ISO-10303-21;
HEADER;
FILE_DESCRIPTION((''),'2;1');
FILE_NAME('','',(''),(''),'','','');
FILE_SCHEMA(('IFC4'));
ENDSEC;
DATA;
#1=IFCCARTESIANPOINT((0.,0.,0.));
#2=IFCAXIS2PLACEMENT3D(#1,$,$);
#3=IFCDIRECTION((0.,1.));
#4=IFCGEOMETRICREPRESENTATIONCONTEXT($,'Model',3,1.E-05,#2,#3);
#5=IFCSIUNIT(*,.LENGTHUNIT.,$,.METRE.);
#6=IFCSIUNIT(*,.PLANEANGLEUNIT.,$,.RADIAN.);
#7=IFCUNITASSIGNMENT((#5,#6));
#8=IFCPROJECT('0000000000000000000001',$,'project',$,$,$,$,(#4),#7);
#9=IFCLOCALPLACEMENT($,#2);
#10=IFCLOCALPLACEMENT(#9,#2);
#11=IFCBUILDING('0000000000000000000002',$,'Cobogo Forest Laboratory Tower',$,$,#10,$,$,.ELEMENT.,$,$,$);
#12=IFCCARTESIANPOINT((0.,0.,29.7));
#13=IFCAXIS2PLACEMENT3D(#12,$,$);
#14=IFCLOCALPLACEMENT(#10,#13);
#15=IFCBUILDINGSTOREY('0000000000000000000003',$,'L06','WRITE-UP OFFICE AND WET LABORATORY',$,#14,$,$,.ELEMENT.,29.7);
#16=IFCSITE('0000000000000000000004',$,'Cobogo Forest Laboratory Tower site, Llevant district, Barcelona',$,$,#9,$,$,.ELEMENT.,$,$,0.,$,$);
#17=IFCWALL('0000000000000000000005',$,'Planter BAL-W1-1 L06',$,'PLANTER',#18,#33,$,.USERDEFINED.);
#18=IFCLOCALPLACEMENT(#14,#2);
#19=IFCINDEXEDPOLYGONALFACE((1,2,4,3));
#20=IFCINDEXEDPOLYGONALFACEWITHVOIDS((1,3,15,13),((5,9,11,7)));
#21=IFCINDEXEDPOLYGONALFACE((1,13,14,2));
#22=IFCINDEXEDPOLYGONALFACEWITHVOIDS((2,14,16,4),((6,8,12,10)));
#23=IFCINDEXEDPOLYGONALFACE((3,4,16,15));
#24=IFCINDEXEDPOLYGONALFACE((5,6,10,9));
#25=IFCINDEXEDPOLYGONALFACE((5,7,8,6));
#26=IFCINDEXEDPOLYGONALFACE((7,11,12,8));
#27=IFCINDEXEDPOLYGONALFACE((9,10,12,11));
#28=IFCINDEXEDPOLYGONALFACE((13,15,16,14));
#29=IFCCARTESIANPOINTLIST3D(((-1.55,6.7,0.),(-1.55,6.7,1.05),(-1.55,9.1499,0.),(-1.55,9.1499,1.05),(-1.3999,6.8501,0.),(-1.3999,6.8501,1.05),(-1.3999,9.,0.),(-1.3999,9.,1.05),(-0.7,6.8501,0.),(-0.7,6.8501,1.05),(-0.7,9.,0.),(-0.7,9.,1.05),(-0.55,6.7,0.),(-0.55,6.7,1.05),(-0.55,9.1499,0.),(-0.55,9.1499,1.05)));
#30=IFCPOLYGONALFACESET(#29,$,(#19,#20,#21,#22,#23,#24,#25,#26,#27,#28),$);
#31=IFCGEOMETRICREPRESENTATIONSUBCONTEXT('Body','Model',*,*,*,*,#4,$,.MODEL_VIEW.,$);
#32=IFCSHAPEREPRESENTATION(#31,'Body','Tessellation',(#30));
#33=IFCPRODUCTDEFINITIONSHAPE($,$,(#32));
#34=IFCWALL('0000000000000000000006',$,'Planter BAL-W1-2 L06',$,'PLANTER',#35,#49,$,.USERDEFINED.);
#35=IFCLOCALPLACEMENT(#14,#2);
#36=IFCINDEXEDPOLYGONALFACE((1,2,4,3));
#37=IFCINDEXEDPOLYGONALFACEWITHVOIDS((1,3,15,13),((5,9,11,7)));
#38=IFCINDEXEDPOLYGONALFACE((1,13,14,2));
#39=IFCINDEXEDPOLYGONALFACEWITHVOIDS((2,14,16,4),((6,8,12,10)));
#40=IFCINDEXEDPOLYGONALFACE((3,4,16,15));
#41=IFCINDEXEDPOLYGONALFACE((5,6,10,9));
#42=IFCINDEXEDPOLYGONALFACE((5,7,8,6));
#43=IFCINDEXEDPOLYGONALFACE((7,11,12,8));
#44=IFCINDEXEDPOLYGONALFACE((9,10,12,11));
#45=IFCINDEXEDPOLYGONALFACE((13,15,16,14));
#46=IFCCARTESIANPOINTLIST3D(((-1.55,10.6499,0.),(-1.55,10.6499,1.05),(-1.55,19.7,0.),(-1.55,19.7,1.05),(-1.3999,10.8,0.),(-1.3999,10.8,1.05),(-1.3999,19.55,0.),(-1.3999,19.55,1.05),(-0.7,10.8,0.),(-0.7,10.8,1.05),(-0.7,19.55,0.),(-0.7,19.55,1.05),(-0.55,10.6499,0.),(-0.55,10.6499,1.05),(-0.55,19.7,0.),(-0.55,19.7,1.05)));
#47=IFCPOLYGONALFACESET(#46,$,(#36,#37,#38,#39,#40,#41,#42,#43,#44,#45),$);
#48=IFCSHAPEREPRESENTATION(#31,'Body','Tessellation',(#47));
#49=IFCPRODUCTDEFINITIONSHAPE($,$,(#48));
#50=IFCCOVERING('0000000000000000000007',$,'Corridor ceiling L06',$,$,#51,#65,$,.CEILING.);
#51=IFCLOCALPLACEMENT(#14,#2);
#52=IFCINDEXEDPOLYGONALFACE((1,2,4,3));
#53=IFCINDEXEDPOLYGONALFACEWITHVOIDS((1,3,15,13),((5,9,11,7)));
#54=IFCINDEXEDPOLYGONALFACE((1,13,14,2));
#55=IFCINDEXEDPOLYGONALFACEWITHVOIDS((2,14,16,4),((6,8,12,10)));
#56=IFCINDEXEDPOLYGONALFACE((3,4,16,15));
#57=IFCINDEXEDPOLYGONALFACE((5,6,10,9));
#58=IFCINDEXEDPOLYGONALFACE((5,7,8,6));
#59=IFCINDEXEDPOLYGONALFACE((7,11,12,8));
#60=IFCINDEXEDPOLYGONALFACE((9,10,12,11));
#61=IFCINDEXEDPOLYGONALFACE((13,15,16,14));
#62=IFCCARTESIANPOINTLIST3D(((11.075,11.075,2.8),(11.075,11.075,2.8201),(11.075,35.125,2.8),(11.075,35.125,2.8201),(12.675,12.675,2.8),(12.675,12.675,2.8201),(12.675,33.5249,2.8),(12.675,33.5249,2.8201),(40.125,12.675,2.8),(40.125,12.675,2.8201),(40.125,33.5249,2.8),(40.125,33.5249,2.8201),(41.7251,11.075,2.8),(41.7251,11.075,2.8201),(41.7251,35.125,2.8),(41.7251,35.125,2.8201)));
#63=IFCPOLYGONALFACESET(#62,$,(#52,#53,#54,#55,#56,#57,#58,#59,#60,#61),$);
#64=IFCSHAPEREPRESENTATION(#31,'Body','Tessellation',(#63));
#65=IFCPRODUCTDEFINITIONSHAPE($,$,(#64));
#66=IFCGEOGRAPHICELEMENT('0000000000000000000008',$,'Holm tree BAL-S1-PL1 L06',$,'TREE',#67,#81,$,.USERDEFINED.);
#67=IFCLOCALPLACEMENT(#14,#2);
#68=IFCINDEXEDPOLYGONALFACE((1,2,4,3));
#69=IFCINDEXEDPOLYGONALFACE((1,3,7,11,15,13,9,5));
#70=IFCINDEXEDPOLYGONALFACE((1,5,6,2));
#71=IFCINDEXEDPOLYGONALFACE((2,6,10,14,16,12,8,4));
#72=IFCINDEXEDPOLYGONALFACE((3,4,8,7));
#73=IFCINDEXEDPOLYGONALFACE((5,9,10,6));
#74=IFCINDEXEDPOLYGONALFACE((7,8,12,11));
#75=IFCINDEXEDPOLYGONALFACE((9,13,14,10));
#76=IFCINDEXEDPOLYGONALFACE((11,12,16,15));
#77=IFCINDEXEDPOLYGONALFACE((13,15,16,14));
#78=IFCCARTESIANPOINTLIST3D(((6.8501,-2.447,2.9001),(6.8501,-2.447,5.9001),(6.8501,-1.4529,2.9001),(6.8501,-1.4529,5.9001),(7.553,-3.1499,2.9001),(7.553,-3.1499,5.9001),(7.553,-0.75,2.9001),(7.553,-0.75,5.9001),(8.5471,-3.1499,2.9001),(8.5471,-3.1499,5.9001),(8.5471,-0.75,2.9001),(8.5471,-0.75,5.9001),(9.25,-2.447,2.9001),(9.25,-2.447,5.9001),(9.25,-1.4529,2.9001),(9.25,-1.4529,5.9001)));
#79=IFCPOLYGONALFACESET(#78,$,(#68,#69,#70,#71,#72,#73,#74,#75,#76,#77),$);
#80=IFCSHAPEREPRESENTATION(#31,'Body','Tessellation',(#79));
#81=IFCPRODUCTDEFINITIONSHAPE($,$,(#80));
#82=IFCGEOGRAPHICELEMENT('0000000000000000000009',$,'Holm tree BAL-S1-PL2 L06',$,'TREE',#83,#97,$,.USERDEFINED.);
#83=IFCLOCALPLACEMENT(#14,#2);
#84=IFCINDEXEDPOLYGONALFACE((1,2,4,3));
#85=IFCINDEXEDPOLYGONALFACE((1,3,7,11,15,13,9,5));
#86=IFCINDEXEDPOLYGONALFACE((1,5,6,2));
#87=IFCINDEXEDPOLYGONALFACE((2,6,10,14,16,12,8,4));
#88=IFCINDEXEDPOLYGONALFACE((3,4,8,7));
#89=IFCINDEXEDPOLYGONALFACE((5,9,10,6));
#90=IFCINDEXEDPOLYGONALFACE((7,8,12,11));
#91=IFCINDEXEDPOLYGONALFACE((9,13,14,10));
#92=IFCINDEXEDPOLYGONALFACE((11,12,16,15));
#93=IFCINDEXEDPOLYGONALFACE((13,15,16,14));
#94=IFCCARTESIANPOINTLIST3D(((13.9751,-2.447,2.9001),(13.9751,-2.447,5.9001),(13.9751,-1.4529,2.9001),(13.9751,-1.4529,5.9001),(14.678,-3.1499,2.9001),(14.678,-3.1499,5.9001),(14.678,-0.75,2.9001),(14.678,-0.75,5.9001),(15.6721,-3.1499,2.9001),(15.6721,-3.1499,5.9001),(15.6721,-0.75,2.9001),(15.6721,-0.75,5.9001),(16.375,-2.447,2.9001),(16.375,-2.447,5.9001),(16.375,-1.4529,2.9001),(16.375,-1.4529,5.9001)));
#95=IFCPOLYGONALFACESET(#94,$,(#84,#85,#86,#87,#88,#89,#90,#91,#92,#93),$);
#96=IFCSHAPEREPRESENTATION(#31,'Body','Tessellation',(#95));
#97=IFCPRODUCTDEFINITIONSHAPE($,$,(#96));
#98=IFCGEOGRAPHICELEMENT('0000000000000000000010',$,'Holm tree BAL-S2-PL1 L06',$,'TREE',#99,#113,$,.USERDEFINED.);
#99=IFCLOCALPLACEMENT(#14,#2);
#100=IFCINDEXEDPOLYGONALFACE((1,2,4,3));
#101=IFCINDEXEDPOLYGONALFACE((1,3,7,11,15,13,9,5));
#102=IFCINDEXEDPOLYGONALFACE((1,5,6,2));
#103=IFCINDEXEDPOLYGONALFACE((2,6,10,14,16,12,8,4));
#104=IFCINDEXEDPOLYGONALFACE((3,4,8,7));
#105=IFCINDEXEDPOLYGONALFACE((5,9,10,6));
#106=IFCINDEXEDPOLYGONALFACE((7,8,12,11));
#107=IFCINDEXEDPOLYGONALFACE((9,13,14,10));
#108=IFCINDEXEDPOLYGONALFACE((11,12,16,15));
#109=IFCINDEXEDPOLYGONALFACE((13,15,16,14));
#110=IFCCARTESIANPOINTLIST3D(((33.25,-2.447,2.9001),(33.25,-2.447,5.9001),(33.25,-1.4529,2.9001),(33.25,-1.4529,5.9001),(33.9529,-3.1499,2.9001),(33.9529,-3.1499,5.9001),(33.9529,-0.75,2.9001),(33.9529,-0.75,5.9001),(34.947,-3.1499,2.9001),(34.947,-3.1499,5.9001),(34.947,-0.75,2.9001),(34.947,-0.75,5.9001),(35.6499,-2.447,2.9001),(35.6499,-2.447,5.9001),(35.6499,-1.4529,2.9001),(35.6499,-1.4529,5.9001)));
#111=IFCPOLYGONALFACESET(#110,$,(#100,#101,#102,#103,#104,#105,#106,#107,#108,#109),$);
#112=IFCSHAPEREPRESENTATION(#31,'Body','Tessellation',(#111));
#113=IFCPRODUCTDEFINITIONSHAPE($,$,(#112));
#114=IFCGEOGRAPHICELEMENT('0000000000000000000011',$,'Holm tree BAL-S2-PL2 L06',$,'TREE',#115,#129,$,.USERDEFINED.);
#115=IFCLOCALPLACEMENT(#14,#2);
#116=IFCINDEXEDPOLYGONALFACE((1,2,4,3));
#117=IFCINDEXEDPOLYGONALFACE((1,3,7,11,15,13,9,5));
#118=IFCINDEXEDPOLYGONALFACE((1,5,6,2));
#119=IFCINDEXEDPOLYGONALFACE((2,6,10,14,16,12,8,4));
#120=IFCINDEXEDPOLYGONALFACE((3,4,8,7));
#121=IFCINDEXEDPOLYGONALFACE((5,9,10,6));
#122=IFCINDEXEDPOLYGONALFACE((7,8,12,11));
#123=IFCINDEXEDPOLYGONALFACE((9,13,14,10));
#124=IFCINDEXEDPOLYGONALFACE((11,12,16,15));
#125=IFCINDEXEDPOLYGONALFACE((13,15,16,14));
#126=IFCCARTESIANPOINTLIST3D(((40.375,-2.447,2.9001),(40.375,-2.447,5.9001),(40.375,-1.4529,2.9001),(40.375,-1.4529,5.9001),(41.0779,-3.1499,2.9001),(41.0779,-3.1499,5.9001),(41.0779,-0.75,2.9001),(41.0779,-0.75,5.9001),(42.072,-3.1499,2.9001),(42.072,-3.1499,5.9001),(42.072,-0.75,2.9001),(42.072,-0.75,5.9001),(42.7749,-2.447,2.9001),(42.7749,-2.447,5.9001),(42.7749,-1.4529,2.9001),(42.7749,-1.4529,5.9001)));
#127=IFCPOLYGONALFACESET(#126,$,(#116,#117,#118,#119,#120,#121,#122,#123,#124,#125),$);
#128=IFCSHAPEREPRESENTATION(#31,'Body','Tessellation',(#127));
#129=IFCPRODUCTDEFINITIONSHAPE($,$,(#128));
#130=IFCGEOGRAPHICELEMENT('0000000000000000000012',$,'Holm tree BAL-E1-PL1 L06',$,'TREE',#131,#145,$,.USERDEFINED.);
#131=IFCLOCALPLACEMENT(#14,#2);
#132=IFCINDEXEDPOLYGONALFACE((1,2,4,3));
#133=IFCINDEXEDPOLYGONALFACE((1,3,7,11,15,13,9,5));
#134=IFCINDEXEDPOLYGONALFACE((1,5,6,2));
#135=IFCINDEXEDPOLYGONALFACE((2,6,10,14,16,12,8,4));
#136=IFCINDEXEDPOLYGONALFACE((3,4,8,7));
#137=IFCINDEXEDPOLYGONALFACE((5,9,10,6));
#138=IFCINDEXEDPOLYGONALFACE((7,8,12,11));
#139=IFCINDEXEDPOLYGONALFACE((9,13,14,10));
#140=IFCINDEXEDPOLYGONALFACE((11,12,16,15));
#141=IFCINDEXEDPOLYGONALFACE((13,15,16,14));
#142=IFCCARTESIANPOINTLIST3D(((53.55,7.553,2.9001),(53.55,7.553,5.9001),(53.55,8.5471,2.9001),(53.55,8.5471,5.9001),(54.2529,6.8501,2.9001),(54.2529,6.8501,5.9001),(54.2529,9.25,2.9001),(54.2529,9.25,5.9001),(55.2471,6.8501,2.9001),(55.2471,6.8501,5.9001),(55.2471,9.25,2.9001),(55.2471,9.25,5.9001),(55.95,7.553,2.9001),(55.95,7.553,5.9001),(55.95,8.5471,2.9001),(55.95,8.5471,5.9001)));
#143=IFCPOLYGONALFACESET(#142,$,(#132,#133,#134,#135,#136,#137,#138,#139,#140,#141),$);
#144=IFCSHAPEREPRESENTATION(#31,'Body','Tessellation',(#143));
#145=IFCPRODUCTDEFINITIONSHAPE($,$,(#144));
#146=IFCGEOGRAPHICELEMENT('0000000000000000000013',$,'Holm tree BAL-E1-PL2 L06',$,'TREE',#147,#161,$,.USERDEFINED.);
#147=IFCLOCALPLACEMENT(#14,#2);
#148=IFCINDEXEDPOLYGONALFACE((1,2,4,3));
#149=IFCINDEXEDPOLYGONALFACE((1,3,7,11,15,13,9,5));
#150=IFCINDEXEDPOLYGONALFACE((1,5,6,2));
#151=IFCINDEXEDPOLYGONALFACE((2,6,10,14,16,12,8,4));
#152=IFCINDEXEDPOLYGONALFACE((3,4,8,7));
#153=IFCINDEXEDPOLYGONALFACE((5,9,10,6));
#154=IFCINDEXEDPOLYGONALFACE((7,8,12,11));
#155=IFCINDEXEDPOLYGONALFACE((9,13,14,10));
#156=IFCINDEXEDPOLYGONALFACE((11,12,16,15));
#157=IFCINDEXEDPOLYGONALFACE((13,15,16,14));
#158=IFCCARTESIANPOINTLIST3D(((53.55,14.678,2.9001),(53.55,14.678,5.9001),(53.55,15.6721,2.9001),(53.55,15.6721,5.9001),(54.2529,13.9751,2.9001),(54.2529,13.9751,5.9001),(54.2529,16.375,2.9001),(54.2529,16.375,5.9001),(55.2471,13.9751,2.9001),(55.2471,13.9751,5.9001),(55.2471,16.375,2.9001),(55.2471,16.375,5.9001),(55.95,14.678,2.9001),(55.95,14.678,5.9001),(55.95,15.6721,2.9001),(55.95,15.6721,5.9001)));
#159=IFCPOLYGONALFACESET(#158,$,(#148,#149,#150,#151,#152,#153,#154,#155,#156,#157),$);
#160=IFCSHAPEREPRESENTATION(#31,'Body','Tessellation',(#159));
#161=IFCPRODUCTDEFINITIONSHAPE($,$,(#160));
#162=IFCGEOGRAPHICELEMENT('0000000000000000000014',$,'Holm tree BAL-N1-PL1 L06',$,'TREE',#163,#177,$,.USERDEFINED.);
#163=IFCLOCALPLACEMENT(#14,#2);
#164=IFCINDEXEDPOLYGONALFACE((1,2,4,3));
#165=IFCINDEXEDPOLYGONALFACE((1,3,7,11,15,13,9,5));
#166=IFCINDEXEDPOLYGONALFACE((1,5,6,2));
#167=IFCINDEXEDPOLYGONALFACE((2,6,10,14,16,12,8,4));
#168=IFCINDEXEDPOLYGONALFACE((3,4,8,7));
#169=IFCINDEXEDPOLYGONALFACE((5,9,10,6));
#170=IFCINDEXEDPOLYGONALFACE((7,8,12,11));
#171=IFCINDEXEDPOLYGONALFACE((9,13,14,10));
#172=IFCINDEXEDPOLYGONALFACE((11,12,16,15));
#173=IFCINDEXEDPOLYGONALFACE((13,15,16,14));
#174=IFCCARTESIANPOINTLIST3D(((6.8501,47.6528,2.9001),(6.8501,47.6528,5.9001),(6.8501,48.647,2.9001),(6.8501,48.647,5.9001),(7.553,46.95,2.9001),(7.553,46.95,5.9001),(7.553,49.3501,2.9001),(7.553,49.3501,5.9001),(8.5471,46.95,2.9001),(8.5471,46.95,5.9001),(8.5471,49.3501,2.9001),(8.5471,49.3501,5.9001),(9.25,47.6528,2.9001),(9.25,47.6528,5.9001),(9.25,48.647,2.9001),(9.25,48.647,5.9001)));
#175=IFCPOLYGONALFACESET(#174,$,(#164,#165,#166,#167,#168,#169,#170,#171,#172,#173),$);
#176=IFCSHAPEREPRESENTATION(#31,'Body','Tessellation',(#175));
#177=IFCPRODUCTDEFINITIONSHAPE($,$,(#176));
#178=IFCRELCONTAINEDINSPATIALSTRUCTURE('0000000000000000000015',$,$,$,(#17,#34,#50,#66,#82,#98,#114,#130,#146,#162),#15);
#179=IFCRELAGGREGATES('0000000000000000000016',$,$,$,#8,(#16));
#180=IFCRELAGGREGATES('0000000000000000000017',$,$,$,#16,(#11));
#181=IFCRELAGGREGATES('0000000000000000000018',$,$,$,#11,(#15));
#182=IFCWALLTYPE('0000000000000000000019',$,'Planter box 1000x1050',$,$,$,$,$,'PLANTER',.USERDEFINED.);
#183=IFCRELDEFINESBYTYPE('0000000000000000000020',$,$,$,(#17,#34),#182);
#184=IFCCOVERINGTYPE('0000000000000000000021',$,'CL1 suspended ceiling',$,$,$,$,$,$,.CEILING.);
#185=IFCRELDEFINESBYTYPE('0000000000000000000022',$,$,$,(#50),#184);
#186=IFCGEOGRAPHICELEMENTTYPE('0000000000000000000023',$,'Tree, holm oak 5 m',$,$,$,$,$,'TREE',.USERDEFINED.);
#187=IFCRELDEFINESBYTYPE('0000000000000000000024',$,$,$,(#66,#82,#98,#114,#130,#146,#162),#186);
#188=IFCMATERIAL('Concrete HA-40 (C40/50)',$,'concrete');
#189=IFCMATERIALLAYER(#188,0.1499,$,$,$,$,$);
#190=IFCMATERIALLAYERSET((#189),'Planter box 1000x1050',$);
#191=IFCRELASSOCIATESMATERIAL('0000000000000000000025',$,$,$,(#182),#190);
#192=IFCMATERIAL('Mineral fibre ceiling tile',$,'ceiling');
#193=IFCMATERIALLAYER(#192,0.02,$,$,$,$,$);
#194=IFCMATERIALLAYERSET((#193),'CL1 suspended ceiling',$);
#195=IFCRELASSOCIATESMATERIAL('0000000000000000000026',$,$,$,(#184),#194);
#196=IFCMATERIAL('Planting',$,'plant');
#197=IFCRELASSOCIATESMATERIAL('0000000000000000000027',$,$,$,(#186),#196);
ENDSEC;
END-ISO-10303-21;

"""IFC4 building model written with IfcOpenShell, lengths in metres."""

from ifc_helpers import new_model, si_unit, direction, frame, origin, place, context, subcontext, project, spatial, polyline, outline, extrude, material, layer, layer_set, type_object, element, save


model = new_model("IFC4")

# Units and contexts
model_context = context("Model", 3, precision=1e-05, world=origin(), true_north=direction((0.0, 1.0)))
body_context = subcontext(model_context, "Body", "Model", "MODEL_VIEW")
ifc_project = project(units=[si_unit("LENGTHUNIT", "METRE"), si_unit("PLANEANGLEUNIT", "RADIAN")], contexts=[model_context])

# Site, building, storey
site_placement = place(None, origin())
site = spatial("IfcSite", under=ifc_project, at=site_placement, Name="Cobogo Forest Laboratory Tower site, Llevant district, Barcelona", CompositionType="ELEMENT", RefElevation=0.0)
building_placement = place(site_placement, origin())
building = spatial("IfcBuilding", under=site, at=building_placement, Name="Cobogo Forest Laboratory Tower", CompositionType="ELEMENT")
storey_placement = place(building_placement, frame((0.0, 0.0, 29.7)))
storey = spatial("IfcBuildingStorey", under=building, at=storey_placement, Name="L06", Description="WRITE-UP OFFICE AND WET LABORATORY", CompositionType="ELEMENT", Elevation=29.7)

# Shared definitions
ifc_material_1 = material(Name="Concrete HA-40 (C40/50)", Category="concrete")

# Walls
ifc_layer_1 = layer(ifc_material_1, 0.1499)
ifc_layer_set_1 = layer_set([ifc_layer_1], Name="Planter box 1000x1050")
wall_type = type_object("IfcWallType", Name="Planter box 1000x1050", ElementType="PLANTER", PredefinedType="USERDEFINED", material=ifc_layer_set_1)
wall_1_placement = place(storey_placement, origin())
element("IfcWall", 1, at=wall_1_placement, inside=storey, type_object=wall_type, Name="Planter BAL-W1-1 L06", ObjectType="PLANTER", PredefinedType="USERDEFINED", context=body_context, shape_type="SweptSolid", body=[
    extrude(outline(polyline([(-1.55, 6.7), (-0.55, 6.7), (-0.55, 9.1499), (-1.55, 9.1499), (-1.55, 6.7)]), holes=[polyline([(-1.3999, 6.8501), (-0.7, 6.8501), (-0.7, 9.0), (-1.3999, 9.0), (-1.3999, 6.8501)])]), origin(), (0.0, 0.0, 1.0), 1.05),
])
wall_2_placement = place(storey_placement, origin())
element("IfcWall", 2, at=wall_2_placement, inside=storey, type_object=wall_type, Name="Planter BAL-W1-2 L06", ObjectType="PLANTER", PredefinedType="USERDEFINED", context=body_context, shape_type="SweptSolid", body=[
    extrude(outline(polyline([(-1.55, 10.6499), (-0.55, 10.6499), (-0.55, 19.7), (-1.55, 19.7), (-1.55, 10.6499)]), holes=[polyline([(-1.3999, 10.8), (-0.7, 10.8), (-0.7, 19.55), (-1.3999, 19.55), (-1.3999, 10.8)])]), origin(), (0.0, 0.0, 1.0), 1.05),
])

# Covering
ifc_material_2 = material(Name="Mineral fibre ceiling tile", Category="ceiling")
ifc_layer_2 = layer(ifc_material_2, 0.02)
ifc_layer_set_2 = layer_set([ifc_layer_2], Name="CL1 suspended ceiling")
covering_type = type_object("IfcCoveringType", Name="CL1 suspended ceiling", PredefinedType="CEILING", material=ifc_layer_set_2)
covering_placement = place(storey_placement, frame((0.0, 0.0, 2.8)))
element("IfcCovering", 3, at=covering_placement, inside=storey, type_object=covering_type, Name="Corridor ceiling L06", PredefinedType="CEILING", context=body_context, shape_type="SweptSolid", body=[
    extrude(outline(polyline([(11.075, 11.075), (11.075, 35.125), (41.7251, 35.125), (41.7251, 11.075), (11.075, 11.075)]), holes=[polyline([(40.125, 33.5249), (12.675, 33.5249), (12.675, 12.675), (40.125, 12.675), (40.125, 33.5249)])]), origin(), (0.0, 0.0, 1.0), 0.02),
])

# Geographic elements
ifc_material_3 = material(Name="Planting", Category="plant")
geographic_element_type = type_object("IfcGeographicElementType", Name="Tree, holm oak 5 m", ElementType="TREE", PredefinedType="USERDEFINED", material=ifc_material_3)
geographic_element_1_placement = place(storey_placement, frame((0.0, 0.0, 2.9001)))
element("IfcGeographicElement", 4, at=geographic_element_1_placement, inside=storey, type_object=geographic_element_type, Name="Holm tree BAL-S1-PL1 L06", ObjectType="TREE", PredefinedType="USERDEFINED", context=body_context, shape_type="SweptSolid", body=[
    extrude(outline(polyline([(9.25, -2.447), (9.25, -1.4529), (8.5471, -0.75), (7.553, -0.75), (6.8501, -1.4529), (6.8501, -2.447), (7.553, -3.1499), (8.5471, -3.1499), (9.25, -2.447)])), origin(), (0.0, 0.0, 1.0), 3.0),
])
geographic_element_2_placement = place(storey_placement, frame((0.0, 0.0, 2.9001)))
element("IfcGeographicElement", 5, at=geographic_element_2_placement, inside=storey, type_object=geographic_element_type, Name="Holm tree BAL-S1-PL2 L06", ObjectType="TREE", PredefinedType="USERDEFINED", context=body_context, shape_type="SweptSolid", body=[
    extrude(outline(polyline([(16.375, -2.447), (16.375, -1.4529), (15.6721, -0.75), (14.678, -0.75), (13.9751, -1.4529), (13.9751, -2.447), (14.678, -3.1499), (15.6721, -3.1499), (16.375, -2.447)])), origin(), (0.0, 0.0, 1.0), 3.0),
])
geographic_element_3_placement = place(storey_placement, frame((0.0, 0.0, 2.9001)))
element("IfcGeographicElement", 6, at=geographic_element_3_placement, inside=storey, type_object=geographic_element_type, Name="Holm tree BAL-S2-PL1 L06", ObjectType="TREE", PredefinedType="USERDEFINED", context=body_context, shape_type="SweptSolid", body=[
    extrude(outline(polyline([(35.6499, -2.447), (35.6499, -1.4529), (34.947, -0.75), (33.9529, -0.75), (33.25, -1.4529), (33.25, -2.447), (33.9529, -3.1499), (34.947, -3.1499), (35.6499, -2.447)])), origin(), (0.0, 0.0, 1.0), 3.0),
])
geographic_element_4_placement = place(storey_placement, frame((0.0, 0.0, 2.9001)))
element("IfcGeographicElement", 7, at=geographic_element_4_placement, inside=storey, type_object=geographic_element_type, Name="Holm tree BAL-S2-PL2 L06", ObjectType="TREE", PredefinedType="USERDEFINED", context=body_context, shape_type="SweptSolid", body=[
    extrude(outline(polyline([(42.7749, -2.447), (42.7749, -1.4529), (42.072, -0.75), (41.0779, -0.75), (40.375, -1.4529), (40.375, -2.447), (41.0779, -3.1499), (42.072, -3.1499), (42.7749, -2.447)])), origin(), (0.0, 0.0, 1.0), 3.0),
])
geographic_element_5_placement = place(storey_placement, frame((0.0, 0.0, 2.9001)))
element("IfcGeographicElement", 8, at=geographic_element_5_placement, inside=storey, type_object=geographic_element_type, Name="Holm tree BAL-E1-PL1 L06", ObjectType="TREE", PredefinedType="USERDEFINED", context=body_context, shape_type="SweptSolid", body=[
    extrude(outline(polyline([(55.95, 7.553), (55.95, 8.5471), (55.2471, 9.25), (54.2529, 9.25), (53.55, 8.5471), (53.55, 7.553), (54.2529, 6.8501), (55.2471, 6.8501), (55.95, 7.553)])), origin(), (0.0, 0.0, 1.0), 3.0),
])
geographic_element_6_placement = place(storey_placement, frame((0.0, 0.0, 2.9001)))
element("IfcGeographicElement", 9, at=geographic_element_6_placement, inside=storey, type_object=geographic_element_type, Name="Holm tree BAL-E1-PL2 L06", ObjectType="TREE", PredefinedType="USERDEFINED", context=body_context, shape_type="SweptSolid", body=[
    extrude(outline(polyline([(55.95, 14.678), (55.95, 15.6721), (55.2471, 16.375), (54.2529, 16.375), (53.55, 15.6721), (53.55, 14.678), (54.2529, 13.9751), (55.2471, 13.9751), (55.95, 14.678)])), origin(), (0.0, 0.0, 1.0), 3.0),
])
geographic_element_7_placement = place(storey_placement, frame((0.0, 0.0, 2.9001)))
element("IfcGeographicElement", 10, at=geographic_element_7_placement, inside=storey, type_object=geographic_element_type, Name="Holm tree BAL-N1-PL1 L06", ObjectType="TREE", PredefinedType="USERDEFINED", context=body_context, shape_type="SweptSolid", body=[
    extrude(outline(polyline([(9.25, 47.6528), (9.25, 48.647), (8.5471, 49.3501), (7.553, 49.3501), (6.8501, 48.647), (6.8501, 47.6528), (7.553, 46.95), (8.5471, 46.95), (9.25, 47.6528)])), origin(), (0.0, 0.0, 1.0), 3.0),
])

save(model, "model.ifc")
